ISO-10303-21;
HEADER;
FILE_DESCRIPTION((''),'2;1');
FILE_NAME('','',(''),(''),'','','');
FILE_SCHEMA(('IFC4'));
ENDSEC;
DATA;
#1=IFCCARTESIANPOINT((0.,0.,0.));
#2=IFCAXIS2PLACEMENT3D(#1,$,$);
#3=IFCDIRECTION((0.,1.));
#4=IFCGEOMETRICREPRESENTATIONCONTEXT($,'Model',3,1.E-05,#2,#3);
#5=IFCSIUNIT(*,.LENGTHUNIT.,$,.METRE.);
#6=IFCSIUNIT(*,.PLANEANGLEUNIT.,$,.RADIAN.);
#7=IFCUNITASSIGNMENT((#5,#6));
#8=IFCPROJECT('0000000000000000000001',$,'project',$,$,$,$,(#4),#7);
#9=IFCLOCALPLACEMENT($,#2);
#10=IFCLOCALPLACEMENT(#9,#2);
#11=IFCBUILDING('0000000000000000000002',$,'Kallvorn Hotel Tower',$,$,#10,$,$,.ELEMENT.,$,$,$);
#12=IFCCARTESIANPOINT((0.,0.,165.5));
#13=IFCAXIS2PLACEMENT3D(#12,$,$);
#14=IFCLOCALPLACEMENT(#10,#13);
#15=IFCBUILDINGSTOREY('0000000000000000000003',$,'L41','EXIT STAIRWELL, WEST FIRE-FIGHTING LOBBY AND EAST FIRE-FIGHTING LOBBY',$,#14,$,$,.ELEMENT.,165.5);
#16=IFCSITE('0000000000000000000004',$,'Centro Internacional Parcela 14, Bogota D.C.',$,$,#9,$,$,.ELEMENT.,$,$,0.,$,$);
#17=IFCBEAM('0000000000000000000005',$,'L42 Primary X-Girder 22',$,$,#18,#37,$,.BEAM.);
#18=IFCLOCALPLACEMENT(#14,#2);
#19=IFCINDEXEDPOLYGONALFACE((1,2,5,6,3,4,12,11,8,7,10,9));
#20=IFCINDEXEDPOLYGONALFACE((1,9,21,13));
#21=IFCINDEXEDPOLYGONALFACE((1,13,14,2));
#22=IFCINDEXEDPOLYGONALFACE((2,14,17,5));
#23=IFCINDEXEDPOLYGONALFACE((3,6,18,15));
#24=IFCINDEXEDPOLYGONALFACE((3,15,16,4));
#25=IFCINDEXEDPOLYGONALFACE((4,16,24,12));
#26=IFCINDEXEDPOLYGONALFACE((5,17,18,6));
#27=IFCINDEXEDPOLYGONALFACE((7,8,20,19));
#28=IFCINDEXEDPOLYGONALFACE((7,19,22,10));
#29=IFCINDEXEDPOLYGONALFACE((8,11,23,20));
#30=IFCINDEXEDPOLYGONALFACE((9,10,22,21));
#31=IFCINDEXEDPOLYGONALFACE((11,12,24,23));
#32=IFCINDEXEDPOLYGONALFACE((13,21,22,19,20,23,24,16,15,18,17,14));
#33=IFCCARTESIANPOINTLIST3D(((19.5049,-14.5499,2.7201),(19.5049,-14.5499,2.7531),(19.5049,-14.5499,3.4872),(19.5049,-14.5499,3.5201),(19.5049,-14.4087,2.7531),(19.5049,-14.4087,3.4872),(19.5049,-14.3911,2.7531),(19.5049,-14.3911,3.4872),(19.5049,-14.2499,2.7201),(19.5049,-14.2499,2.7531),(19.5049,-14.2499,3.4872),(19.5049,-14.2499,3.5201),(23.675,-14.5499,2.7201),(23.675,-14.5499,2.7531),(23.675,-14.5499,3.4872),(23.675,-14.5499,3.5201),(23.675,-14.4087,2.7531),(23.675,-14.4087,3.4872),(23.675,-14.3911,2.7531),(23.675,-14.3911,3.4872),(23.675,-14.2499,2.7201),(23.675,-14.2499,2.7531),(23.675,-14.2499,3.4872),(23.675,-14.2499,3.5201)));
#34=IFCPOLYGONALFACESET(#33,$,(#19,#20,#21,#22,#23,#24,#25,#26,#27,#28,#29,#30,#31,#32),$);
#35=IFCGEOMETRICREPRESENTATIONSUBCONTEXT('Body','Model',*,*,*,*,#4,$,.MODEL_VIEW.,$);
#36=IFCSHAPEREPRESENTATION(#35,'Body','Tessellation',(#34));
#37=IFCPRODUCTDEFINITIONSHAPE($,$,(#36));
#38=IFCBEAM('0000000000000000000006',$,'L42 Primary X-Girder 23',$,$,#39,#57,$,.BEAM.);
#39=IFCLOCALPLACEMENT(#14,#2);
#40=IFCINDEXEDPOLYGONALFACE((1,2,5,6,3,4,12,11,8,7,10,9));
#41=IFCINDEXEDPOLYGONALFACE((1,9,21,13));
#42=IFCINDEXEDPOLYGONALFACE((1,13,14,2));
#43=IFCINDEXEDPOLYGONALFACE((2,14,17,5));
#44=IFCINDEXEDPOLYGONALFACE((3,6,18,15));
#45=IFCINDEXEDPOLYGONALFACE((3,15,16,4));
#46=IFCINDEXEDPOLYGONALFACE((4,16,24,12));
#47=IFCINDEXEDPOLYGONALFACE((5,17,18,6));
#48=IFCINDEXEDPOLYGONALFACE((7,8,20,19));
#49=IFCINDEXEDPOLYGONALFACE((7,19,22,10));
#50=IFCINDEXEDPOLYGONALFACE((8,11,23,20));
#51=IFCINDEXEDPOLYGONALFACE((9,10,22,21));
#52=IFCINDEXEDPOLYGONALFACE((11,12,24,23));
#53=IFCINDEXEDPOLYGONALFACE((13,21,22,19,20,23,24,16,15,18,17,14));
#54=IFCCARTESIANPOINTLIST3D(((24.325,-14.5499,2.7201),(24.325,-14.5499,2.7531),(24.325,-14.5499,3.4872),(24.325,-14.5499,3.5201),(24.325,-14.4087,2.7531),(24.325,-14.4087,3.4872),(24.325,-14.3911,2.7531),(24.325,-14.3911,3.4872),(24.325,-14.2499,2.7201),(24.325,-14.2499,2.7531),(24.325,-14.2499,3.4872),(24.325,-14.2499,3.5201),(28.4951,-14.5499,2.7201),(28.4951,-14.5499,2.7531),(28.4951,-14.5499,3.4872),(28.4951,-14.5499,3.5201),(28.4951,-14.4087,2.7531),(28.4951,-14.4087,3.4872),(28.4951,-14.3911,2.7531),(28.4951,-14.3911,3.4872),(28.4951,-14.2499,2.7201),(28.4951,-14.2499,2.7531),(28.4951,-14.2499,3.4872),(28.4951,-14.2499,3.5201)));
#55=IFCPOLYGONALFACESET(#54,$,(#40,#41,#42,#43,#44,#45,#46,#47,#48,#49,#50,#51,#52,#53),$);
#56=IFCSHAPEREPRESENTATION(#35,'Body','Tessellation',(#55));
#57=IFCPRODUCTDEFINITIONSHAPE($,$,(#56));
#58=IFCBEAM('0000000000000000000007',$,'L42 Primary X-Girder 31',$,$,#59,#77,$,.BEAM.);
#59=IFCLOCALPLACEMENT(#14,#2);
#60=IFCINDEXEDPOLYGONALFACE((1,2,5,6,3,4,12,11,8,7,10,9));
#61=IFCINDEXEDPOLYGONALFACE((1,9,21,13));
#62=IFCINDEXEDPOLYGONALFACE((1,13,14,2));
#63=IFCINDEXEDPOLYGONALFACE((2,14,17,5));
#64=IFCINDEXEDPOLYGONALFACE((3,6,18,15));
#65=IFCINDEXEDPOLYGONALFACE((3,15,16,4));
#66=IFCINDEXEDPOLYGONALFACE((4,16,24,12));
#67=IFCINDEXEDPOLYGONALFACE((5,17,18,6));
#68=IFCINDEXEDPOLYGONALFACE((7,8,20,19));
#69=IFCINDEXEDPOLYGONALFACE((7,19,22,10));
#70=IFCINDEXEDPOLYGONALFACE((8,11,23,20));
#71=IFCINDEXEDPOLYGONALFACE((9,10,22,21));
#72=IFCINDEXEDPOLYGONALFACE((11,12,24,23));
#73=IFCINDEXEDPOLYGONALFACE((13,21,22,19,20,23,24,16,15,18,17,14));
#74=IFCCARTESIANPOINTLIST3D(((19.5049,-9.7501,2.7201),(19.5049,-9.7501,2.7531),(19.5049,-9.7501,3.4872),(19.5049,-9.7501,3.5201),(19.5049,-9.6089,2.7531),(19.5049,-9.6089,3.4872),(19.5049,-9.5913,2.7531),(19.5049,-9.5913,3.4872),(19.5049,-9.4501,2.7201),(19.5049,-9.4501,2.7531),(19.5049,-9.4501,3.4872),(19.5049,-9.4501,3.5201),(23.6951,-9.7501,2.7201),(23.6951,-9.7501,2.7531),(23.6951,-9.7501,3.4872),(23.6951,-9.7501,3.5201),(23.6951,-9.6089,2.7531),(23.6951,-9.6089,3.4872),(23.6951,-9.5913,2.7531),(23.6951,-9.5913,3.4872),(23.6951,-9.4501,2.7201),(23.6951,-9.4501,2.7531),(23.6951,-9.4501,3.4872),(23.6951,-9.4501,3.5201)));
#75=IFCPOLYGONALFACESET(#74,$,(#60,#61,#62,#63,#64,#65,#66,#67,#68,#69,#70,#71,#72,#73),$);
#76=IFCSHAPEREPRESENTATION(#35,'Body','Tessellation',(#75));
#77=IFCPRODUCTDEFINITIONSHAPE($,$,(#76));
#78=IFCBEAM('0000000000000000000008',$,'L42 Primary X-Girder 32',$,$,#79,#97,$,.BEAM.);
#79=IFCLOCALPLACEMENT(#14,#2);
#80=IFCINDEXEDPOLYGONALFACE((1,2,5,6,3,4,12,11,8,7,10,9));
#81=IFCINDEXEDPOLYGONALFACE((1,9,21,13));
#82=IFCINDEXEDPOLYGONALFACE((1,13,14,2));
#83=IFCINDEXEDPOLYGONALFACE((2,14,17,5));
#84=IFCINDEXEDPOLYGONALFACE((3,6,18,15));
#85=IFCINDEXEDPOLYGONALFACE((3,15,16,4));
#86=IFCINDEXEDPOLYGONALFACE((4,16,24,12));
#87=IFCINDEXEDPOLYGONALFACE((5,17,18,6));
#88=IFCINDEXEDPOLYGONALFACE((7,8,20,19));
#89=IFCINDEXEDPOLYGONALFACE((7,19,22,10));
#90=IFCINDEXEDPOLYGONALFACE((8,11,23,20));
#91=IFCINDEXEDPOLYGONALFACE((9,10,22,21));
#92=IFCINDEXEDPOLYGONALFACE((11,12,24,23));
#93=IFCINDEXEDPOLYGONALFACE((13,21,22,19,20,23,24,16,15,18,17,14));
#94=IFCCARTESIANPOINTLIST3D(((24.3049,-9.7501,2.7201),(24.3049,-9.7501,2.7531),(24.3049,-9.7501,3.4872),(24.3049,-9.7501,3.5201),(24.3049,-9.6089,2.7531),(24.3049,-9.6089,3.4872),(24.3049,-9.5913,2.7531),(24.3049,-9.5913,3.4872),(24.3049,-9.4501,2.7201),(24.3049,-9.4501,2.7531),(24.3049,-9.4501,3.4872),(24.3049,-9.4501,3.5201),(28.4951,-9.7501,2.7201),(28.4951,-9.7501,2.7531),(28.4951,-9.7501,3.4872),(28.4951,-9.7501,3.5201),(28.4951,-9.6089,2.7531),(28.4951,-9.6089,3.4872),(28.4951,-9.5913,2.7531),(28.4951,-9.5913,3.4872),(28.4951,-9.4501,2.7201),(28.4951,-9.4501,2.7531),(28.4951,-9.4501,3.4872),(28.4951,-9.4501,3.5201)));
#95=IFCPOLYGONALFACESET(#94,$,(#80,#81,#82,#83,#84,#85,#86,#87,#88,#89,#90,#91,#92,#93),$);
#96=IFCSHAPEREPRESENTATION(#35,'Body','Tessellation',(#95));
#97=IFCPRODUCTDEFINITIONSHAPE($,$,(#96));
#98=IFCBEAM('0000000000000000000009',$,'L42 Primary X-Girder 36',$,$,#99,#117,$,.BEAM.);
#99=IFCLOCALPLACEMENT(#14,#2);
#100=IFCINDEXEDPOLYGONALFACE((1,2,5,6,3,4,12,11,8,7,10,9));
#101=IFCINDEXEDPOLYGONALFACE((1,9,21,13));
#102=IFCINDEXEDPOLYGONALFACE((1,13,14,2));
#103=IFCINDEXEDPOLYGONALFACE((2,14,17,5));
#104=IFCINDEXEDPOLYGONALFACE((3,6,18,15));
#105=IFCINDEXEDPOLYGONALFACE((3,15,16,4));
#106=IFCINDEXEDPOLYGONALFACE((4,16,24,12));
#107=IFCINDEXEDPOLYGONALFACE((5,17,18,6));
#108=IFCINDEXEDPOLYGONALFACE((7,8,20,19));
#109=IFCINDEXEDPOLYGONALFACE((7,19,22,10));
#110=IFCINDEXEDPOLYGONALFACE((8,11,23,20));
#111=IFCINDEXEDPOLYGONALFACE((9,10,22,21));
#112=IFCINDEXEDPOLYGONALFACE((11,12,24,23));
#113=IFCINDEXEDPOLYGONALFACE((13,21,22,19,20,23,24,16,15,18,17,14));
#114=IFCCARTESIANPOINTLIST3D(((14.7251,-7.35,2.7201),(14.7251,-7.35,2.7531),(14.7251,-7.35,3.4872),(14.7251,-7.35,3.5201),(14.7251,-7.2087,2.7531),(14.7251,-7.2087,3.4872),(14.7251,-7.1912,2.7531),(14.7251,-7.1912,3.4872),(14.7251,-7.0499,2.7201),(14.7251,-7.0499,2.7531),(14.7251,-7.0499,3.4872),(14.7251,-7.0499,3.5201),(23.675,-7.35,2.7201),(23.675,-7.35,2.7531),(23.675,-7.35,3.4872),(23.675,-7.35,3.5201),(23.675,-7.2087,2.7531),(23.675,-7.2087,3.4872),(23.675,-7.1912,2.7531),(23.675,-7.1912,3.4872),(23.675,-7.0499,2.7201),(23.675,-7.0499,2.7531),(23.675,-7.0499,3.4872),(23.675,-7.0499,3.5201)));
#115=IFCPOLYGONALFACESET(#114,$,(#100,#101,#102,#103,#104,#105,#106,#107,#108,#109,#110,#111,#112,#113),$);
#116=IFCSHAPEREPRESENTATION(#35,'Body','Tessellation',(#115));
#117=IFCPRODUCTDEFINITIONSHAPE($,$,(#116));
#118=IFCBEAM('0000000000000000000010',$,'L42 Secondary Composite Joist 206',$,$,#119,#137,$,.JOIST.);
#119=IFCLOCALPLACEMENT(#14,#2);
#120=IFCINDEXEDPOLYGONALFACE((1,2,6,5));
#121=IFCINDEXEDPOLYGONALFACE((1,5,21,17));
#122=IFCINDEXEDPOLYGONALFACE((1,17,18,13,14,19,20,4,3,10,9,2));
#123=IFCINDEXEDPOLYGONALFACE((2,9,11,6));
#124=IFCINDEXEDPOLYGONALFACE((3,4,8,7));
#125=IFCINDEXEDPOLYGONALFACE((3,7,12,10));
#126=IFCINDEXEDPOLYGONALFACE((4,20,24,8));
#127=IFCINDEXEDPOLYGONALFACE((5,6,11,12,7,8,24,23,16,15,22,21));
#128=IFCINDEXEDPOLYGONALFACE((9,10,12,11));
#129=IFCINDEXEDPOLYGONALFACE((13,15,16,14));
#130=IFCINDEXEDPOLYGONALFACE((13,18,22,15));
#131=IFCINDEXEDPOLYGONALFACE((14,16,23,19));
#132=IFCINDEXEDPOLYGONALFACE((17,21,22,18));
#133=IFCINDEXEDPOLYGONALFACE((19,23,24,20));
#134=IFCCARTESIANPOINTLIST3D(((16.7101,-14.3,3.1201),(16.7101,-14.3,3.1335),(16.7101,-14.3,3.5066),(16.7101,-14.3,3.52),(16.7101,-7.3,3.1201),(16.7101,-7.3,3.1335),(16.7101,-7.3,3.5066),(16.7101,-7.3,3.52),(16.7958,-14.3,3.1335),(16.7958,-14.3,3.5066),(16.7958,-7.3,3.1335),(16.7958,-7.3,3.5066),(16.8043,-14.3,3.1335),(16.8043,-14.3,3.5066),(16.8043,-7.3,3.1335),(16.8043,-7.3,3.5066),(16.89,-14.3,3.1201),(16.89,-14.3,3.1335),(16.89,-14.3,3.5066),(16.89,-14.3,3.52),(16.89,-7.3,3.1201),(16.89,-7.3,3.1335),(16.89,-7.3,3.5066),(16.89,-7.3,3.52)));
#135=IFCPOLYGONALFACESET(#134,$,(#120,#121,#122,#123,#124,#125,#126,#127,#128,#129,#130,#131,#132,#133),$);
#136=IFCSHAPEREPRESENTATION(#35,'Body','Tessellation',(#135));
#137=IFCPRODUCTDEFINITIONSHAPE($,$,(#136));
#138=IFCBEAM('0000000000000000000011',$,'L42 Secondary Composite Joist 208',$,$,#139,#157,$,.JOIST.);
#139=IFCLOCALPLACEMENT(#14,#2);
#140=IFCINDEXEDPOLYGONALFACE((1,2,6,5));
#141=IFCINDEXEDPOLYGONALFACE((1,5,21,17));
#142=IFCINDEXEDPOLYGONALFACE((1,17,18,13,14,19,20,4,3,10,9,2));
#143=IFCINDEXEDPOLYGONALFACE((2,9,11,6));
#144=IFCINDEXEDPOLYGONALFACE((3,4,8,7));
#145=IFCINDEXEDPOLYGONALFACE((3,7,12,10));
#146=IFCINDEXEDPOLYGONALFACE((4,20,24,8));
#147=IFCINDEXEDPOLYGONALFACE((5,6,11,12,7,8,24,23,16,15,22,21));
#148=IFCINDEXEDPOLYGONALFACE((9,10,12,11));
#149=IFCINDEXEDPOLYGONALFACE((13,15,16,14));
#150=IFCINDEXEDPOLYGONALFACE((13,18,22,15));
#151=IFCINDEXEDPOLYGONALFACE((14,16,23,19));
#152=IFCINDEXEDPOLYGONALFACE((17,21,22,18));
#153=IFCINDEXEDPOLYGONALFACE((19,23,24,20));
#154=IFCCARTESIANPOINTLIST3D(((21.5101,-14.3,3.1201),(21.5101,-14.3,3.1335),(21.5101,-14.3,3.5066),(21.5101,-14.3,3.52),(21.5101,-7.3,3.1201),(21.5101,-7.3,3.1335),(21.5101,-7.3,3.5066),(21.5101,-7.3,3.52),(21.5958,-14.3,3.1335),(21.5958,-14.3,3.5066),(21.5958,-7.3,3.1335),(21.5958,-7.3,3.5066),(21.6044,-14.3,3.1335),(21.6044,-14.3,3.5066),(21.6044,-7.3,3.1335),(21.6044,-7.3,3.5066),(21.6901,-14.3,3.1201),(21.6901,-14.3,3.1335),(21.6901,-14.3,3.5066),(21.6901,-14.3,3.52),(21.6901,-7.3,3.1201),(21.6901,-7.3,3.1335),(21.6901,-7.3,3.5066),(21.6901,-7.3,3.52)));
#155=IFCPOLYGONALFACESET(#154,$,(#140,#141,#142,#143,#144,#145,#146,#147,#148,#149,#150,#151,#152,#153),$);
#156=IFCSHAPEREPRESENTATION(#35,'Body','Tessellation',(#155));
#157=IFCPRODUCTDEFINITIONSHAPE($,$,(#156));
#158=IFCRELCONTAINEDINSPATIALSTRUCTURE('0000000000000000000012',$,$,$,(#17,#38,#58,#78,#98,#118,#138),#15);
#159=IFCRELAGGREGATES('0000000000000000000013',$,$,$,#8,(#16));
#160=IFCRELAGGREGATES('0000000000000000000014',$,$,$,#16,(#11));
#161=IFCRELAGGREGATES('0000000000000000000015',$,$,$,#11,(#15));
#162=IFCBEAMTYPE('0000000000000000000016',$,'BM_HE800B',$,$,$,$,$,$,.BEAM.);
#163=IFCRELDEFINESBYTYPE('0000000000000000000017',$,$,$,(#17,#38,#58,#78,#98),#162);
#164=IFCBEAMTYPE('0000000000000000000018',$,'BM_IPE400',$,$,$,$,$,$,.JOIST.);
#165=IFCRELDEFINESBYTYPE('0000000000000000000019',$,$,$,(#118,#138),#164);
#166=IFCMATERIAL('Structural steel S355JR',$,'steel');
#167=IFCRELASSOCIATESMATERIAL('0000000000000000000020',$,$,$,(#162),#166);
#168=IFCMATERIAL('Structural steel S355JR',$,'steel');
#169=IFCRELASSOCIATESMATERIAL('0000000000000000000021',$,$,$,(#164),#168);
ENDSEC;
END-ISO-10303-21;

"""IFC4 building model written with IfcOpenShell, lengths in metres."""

from ifc_helpers import new_model, si_unit, direction, frame, origin, origin_2d, place, context, subcontext, project, spatial, i_section, extrude, material, material_profile, profile_set, type_object, element, save


model = new_model("IFC4")

# Units and contexts
model_context = context("Model", 3, precision=1e-05, world=origin(), true_north=direction((0.0, 1.0)))
body_context = subcontext(model_context, "Body", "Model", "MODEL_VIEW")
ifc_project = project(units=[si_unit("LENGTHUNIT", "METRE"), si_unit("PLANEANGLEUNIT", "RADIAN")], contexts=[model_context])

# Site, building, storey
site_placement = place(None, origin())
site = spatial("IfcSite", under=ifc_project, at=site_placement, Name="Centro Internacional Parcela 14, Bogota D.C.", CompositionType="ELEMENT", RefElevation=0.0)
building_placement = place(site_placement, origin())
building = spatial("IfcBuilding", under=site, at=building_placement, Name="Kallvorn Hotel Tower", CompositionType="ELEMENT")
storey_placement = place(building_placement, frame((0.0, 0.0, 165.5)))
storey = spatial("IfcBuildingStorey", under=building, at=storey_placement, Name="L41", Description="EXIT STAIRWELL, WEST FIRE-FIGHTING LOBBY AND EAST FIRE-FIGHTING LOBBY", CompositionType="ELEMENT", Elevation=165.5)

# Beams
ifc_material_1 = material(Name="Structural steel S355JR", Category="steel")
ifc_material_profile_1 = material_profile(ifc_material_1, i_section(OverallWidth=0.3, OverallDepth=0.8, WebThickness=0.0176, FlangeThickness=0.033, at=origin_2d()), Name="HE 800 B")
ifc_profile_set_1 = profile_set([ifc_material_profile_1], Name="Structural steel S355JR")
beam_type_1 = type_object("IfcBeamType", Name="BM_HE800B", PredefinedType="BEAM", material=ifc_profile_set_1)
for number, where, z_axis, x_axis, name in (
    (1, (19.5049, -14.3999, 3.1201), (1.0, 0.0, 0.0), (0.0, 1.0, 0.0), "L42 Primary X-Girder 22"),
    (2, (24.325, -14.3999, 3.1201), (1.0, 0.0, 0.0), (0.0, 1.0, 0.0), "L42 Primary X-Girder 23"),
):
    element("IfcBeam", number, at=place(storey_placement, frame(where, z_axis=z_axis, x_axis=x_axis)), inside=storey, type_object=beam_type_1, Name=name, PredefinedType="BEAM", context=body_context, shape_type="SweptSolid", body=[
        extrude(i_section(OverallWidth=0.3, OverallDepth=0.8, WebThickness=0.0176, FlangeThickness=0.033, at=origin_2d()), origin(), (0.0, 0.0, 1.0), 4.1702),
    ])
for number, where, z_axis, x_axis, name in (
    (3, (19.5049, -9.6001, 3.1201), (1.0, 0.0, 0.0), (0.0, 1.0, 0.0), "L42 Primary X-Girder 31"),
    (4, (24.3049, -9.6001, 3.1201), (1.0, 0.0, 0.0), (0.0, 1.0, 0.0), "L42 Primary X-Girder 32"),
):
    element("IfcBeam", number, at=place(storey_placement, frame(where, z_axis=z_axis, x_axis=x_axis)), inside=storey, type_object=beam_type_1, Name=name, PredefinedType="BEAM", context=body_context, shape_type="SweptSolid", body=[
        extrude(i_section(OverallWidth=0.3, OverallDepth=0.8, WebThickness=0.0176, FlangeThickness=0.033, at=origin_2d()), origin(), (0.0, 0.0, 1.0), 4.1902),
    ])
beam_1_placement = place(storey_placement, frame((14.7251, -7.2, 3.1201), z_axis=(1.0, 0.0, 0.0), x_axis=(0.0, 1.0, 0.0)))
element("IfcBeam", 5, at=beam_1_placement, inside=storey, type_object=beam_type_1, Name="L42 Primary X-Girder 36", PredefinedType="BEAM", context=body_context, shape_type="SweptSolid", body=[
    extrude(i_section(OverallWidth=0.3, OverallDepth=0.8, WebThickness=0.0176, FlangeThickness=0.033, at=origin_2d()), origin(), (0.0, 0.0, 1.0), 8.95),
])
ifc_material_2 = material(Name="Structural steel S355JR", Category="steel")
ifc_material_profile_2 = material_profile(ifc_material_2, i_section(OverallWidth=0.1799, OverallDepth=0.3999, WebThickness=0.0085, FlangeThickness=0.0134, at=origin_2d()), Name="IPE 400")
ifc_profile_set_2 = profile_set([ifc_material_profile_2], Name="Structural steel S355JR")
beam_type_2 = type_object("IfcBeamType", Name="BM_IPE400", PredefinedType="JOIST", material=ifc_profile_set_2)
for number, where, z_axis, x_axis, name in (
    (6, (16.8, -14.3, 3.3201), (0.0, 1.0, 0.0), (-1.0, 0.0, 0.0), "L42 Secondary Composite Joist 206"),
    (7, (21.6001, -14.3, 3.3201), (0.0, 1.0, 0.0), (-1.0, 0.0, 0.0), "L42 Secondary Composite Joist 208"),
):
    element("IfcBeam", number, at=place(storey_placement, frame(where, z_axis=z_axis, x_axis=x_axis)), inside=storey, type_object=beam_type_2, Name=name, PredefinedType="JOIST", context=body_context, shape_type="SweptSolid", body=[
        extrude(i_section(OverallWidth=0.1799, OverallDepth=0.3999, WebThickness=0.0085, FlangeThickness=0.0134, at=origin_2d()), origin(), (0.0, 0.0, 1.0), 7.0),
    ])

save(model, "model.ifc")
